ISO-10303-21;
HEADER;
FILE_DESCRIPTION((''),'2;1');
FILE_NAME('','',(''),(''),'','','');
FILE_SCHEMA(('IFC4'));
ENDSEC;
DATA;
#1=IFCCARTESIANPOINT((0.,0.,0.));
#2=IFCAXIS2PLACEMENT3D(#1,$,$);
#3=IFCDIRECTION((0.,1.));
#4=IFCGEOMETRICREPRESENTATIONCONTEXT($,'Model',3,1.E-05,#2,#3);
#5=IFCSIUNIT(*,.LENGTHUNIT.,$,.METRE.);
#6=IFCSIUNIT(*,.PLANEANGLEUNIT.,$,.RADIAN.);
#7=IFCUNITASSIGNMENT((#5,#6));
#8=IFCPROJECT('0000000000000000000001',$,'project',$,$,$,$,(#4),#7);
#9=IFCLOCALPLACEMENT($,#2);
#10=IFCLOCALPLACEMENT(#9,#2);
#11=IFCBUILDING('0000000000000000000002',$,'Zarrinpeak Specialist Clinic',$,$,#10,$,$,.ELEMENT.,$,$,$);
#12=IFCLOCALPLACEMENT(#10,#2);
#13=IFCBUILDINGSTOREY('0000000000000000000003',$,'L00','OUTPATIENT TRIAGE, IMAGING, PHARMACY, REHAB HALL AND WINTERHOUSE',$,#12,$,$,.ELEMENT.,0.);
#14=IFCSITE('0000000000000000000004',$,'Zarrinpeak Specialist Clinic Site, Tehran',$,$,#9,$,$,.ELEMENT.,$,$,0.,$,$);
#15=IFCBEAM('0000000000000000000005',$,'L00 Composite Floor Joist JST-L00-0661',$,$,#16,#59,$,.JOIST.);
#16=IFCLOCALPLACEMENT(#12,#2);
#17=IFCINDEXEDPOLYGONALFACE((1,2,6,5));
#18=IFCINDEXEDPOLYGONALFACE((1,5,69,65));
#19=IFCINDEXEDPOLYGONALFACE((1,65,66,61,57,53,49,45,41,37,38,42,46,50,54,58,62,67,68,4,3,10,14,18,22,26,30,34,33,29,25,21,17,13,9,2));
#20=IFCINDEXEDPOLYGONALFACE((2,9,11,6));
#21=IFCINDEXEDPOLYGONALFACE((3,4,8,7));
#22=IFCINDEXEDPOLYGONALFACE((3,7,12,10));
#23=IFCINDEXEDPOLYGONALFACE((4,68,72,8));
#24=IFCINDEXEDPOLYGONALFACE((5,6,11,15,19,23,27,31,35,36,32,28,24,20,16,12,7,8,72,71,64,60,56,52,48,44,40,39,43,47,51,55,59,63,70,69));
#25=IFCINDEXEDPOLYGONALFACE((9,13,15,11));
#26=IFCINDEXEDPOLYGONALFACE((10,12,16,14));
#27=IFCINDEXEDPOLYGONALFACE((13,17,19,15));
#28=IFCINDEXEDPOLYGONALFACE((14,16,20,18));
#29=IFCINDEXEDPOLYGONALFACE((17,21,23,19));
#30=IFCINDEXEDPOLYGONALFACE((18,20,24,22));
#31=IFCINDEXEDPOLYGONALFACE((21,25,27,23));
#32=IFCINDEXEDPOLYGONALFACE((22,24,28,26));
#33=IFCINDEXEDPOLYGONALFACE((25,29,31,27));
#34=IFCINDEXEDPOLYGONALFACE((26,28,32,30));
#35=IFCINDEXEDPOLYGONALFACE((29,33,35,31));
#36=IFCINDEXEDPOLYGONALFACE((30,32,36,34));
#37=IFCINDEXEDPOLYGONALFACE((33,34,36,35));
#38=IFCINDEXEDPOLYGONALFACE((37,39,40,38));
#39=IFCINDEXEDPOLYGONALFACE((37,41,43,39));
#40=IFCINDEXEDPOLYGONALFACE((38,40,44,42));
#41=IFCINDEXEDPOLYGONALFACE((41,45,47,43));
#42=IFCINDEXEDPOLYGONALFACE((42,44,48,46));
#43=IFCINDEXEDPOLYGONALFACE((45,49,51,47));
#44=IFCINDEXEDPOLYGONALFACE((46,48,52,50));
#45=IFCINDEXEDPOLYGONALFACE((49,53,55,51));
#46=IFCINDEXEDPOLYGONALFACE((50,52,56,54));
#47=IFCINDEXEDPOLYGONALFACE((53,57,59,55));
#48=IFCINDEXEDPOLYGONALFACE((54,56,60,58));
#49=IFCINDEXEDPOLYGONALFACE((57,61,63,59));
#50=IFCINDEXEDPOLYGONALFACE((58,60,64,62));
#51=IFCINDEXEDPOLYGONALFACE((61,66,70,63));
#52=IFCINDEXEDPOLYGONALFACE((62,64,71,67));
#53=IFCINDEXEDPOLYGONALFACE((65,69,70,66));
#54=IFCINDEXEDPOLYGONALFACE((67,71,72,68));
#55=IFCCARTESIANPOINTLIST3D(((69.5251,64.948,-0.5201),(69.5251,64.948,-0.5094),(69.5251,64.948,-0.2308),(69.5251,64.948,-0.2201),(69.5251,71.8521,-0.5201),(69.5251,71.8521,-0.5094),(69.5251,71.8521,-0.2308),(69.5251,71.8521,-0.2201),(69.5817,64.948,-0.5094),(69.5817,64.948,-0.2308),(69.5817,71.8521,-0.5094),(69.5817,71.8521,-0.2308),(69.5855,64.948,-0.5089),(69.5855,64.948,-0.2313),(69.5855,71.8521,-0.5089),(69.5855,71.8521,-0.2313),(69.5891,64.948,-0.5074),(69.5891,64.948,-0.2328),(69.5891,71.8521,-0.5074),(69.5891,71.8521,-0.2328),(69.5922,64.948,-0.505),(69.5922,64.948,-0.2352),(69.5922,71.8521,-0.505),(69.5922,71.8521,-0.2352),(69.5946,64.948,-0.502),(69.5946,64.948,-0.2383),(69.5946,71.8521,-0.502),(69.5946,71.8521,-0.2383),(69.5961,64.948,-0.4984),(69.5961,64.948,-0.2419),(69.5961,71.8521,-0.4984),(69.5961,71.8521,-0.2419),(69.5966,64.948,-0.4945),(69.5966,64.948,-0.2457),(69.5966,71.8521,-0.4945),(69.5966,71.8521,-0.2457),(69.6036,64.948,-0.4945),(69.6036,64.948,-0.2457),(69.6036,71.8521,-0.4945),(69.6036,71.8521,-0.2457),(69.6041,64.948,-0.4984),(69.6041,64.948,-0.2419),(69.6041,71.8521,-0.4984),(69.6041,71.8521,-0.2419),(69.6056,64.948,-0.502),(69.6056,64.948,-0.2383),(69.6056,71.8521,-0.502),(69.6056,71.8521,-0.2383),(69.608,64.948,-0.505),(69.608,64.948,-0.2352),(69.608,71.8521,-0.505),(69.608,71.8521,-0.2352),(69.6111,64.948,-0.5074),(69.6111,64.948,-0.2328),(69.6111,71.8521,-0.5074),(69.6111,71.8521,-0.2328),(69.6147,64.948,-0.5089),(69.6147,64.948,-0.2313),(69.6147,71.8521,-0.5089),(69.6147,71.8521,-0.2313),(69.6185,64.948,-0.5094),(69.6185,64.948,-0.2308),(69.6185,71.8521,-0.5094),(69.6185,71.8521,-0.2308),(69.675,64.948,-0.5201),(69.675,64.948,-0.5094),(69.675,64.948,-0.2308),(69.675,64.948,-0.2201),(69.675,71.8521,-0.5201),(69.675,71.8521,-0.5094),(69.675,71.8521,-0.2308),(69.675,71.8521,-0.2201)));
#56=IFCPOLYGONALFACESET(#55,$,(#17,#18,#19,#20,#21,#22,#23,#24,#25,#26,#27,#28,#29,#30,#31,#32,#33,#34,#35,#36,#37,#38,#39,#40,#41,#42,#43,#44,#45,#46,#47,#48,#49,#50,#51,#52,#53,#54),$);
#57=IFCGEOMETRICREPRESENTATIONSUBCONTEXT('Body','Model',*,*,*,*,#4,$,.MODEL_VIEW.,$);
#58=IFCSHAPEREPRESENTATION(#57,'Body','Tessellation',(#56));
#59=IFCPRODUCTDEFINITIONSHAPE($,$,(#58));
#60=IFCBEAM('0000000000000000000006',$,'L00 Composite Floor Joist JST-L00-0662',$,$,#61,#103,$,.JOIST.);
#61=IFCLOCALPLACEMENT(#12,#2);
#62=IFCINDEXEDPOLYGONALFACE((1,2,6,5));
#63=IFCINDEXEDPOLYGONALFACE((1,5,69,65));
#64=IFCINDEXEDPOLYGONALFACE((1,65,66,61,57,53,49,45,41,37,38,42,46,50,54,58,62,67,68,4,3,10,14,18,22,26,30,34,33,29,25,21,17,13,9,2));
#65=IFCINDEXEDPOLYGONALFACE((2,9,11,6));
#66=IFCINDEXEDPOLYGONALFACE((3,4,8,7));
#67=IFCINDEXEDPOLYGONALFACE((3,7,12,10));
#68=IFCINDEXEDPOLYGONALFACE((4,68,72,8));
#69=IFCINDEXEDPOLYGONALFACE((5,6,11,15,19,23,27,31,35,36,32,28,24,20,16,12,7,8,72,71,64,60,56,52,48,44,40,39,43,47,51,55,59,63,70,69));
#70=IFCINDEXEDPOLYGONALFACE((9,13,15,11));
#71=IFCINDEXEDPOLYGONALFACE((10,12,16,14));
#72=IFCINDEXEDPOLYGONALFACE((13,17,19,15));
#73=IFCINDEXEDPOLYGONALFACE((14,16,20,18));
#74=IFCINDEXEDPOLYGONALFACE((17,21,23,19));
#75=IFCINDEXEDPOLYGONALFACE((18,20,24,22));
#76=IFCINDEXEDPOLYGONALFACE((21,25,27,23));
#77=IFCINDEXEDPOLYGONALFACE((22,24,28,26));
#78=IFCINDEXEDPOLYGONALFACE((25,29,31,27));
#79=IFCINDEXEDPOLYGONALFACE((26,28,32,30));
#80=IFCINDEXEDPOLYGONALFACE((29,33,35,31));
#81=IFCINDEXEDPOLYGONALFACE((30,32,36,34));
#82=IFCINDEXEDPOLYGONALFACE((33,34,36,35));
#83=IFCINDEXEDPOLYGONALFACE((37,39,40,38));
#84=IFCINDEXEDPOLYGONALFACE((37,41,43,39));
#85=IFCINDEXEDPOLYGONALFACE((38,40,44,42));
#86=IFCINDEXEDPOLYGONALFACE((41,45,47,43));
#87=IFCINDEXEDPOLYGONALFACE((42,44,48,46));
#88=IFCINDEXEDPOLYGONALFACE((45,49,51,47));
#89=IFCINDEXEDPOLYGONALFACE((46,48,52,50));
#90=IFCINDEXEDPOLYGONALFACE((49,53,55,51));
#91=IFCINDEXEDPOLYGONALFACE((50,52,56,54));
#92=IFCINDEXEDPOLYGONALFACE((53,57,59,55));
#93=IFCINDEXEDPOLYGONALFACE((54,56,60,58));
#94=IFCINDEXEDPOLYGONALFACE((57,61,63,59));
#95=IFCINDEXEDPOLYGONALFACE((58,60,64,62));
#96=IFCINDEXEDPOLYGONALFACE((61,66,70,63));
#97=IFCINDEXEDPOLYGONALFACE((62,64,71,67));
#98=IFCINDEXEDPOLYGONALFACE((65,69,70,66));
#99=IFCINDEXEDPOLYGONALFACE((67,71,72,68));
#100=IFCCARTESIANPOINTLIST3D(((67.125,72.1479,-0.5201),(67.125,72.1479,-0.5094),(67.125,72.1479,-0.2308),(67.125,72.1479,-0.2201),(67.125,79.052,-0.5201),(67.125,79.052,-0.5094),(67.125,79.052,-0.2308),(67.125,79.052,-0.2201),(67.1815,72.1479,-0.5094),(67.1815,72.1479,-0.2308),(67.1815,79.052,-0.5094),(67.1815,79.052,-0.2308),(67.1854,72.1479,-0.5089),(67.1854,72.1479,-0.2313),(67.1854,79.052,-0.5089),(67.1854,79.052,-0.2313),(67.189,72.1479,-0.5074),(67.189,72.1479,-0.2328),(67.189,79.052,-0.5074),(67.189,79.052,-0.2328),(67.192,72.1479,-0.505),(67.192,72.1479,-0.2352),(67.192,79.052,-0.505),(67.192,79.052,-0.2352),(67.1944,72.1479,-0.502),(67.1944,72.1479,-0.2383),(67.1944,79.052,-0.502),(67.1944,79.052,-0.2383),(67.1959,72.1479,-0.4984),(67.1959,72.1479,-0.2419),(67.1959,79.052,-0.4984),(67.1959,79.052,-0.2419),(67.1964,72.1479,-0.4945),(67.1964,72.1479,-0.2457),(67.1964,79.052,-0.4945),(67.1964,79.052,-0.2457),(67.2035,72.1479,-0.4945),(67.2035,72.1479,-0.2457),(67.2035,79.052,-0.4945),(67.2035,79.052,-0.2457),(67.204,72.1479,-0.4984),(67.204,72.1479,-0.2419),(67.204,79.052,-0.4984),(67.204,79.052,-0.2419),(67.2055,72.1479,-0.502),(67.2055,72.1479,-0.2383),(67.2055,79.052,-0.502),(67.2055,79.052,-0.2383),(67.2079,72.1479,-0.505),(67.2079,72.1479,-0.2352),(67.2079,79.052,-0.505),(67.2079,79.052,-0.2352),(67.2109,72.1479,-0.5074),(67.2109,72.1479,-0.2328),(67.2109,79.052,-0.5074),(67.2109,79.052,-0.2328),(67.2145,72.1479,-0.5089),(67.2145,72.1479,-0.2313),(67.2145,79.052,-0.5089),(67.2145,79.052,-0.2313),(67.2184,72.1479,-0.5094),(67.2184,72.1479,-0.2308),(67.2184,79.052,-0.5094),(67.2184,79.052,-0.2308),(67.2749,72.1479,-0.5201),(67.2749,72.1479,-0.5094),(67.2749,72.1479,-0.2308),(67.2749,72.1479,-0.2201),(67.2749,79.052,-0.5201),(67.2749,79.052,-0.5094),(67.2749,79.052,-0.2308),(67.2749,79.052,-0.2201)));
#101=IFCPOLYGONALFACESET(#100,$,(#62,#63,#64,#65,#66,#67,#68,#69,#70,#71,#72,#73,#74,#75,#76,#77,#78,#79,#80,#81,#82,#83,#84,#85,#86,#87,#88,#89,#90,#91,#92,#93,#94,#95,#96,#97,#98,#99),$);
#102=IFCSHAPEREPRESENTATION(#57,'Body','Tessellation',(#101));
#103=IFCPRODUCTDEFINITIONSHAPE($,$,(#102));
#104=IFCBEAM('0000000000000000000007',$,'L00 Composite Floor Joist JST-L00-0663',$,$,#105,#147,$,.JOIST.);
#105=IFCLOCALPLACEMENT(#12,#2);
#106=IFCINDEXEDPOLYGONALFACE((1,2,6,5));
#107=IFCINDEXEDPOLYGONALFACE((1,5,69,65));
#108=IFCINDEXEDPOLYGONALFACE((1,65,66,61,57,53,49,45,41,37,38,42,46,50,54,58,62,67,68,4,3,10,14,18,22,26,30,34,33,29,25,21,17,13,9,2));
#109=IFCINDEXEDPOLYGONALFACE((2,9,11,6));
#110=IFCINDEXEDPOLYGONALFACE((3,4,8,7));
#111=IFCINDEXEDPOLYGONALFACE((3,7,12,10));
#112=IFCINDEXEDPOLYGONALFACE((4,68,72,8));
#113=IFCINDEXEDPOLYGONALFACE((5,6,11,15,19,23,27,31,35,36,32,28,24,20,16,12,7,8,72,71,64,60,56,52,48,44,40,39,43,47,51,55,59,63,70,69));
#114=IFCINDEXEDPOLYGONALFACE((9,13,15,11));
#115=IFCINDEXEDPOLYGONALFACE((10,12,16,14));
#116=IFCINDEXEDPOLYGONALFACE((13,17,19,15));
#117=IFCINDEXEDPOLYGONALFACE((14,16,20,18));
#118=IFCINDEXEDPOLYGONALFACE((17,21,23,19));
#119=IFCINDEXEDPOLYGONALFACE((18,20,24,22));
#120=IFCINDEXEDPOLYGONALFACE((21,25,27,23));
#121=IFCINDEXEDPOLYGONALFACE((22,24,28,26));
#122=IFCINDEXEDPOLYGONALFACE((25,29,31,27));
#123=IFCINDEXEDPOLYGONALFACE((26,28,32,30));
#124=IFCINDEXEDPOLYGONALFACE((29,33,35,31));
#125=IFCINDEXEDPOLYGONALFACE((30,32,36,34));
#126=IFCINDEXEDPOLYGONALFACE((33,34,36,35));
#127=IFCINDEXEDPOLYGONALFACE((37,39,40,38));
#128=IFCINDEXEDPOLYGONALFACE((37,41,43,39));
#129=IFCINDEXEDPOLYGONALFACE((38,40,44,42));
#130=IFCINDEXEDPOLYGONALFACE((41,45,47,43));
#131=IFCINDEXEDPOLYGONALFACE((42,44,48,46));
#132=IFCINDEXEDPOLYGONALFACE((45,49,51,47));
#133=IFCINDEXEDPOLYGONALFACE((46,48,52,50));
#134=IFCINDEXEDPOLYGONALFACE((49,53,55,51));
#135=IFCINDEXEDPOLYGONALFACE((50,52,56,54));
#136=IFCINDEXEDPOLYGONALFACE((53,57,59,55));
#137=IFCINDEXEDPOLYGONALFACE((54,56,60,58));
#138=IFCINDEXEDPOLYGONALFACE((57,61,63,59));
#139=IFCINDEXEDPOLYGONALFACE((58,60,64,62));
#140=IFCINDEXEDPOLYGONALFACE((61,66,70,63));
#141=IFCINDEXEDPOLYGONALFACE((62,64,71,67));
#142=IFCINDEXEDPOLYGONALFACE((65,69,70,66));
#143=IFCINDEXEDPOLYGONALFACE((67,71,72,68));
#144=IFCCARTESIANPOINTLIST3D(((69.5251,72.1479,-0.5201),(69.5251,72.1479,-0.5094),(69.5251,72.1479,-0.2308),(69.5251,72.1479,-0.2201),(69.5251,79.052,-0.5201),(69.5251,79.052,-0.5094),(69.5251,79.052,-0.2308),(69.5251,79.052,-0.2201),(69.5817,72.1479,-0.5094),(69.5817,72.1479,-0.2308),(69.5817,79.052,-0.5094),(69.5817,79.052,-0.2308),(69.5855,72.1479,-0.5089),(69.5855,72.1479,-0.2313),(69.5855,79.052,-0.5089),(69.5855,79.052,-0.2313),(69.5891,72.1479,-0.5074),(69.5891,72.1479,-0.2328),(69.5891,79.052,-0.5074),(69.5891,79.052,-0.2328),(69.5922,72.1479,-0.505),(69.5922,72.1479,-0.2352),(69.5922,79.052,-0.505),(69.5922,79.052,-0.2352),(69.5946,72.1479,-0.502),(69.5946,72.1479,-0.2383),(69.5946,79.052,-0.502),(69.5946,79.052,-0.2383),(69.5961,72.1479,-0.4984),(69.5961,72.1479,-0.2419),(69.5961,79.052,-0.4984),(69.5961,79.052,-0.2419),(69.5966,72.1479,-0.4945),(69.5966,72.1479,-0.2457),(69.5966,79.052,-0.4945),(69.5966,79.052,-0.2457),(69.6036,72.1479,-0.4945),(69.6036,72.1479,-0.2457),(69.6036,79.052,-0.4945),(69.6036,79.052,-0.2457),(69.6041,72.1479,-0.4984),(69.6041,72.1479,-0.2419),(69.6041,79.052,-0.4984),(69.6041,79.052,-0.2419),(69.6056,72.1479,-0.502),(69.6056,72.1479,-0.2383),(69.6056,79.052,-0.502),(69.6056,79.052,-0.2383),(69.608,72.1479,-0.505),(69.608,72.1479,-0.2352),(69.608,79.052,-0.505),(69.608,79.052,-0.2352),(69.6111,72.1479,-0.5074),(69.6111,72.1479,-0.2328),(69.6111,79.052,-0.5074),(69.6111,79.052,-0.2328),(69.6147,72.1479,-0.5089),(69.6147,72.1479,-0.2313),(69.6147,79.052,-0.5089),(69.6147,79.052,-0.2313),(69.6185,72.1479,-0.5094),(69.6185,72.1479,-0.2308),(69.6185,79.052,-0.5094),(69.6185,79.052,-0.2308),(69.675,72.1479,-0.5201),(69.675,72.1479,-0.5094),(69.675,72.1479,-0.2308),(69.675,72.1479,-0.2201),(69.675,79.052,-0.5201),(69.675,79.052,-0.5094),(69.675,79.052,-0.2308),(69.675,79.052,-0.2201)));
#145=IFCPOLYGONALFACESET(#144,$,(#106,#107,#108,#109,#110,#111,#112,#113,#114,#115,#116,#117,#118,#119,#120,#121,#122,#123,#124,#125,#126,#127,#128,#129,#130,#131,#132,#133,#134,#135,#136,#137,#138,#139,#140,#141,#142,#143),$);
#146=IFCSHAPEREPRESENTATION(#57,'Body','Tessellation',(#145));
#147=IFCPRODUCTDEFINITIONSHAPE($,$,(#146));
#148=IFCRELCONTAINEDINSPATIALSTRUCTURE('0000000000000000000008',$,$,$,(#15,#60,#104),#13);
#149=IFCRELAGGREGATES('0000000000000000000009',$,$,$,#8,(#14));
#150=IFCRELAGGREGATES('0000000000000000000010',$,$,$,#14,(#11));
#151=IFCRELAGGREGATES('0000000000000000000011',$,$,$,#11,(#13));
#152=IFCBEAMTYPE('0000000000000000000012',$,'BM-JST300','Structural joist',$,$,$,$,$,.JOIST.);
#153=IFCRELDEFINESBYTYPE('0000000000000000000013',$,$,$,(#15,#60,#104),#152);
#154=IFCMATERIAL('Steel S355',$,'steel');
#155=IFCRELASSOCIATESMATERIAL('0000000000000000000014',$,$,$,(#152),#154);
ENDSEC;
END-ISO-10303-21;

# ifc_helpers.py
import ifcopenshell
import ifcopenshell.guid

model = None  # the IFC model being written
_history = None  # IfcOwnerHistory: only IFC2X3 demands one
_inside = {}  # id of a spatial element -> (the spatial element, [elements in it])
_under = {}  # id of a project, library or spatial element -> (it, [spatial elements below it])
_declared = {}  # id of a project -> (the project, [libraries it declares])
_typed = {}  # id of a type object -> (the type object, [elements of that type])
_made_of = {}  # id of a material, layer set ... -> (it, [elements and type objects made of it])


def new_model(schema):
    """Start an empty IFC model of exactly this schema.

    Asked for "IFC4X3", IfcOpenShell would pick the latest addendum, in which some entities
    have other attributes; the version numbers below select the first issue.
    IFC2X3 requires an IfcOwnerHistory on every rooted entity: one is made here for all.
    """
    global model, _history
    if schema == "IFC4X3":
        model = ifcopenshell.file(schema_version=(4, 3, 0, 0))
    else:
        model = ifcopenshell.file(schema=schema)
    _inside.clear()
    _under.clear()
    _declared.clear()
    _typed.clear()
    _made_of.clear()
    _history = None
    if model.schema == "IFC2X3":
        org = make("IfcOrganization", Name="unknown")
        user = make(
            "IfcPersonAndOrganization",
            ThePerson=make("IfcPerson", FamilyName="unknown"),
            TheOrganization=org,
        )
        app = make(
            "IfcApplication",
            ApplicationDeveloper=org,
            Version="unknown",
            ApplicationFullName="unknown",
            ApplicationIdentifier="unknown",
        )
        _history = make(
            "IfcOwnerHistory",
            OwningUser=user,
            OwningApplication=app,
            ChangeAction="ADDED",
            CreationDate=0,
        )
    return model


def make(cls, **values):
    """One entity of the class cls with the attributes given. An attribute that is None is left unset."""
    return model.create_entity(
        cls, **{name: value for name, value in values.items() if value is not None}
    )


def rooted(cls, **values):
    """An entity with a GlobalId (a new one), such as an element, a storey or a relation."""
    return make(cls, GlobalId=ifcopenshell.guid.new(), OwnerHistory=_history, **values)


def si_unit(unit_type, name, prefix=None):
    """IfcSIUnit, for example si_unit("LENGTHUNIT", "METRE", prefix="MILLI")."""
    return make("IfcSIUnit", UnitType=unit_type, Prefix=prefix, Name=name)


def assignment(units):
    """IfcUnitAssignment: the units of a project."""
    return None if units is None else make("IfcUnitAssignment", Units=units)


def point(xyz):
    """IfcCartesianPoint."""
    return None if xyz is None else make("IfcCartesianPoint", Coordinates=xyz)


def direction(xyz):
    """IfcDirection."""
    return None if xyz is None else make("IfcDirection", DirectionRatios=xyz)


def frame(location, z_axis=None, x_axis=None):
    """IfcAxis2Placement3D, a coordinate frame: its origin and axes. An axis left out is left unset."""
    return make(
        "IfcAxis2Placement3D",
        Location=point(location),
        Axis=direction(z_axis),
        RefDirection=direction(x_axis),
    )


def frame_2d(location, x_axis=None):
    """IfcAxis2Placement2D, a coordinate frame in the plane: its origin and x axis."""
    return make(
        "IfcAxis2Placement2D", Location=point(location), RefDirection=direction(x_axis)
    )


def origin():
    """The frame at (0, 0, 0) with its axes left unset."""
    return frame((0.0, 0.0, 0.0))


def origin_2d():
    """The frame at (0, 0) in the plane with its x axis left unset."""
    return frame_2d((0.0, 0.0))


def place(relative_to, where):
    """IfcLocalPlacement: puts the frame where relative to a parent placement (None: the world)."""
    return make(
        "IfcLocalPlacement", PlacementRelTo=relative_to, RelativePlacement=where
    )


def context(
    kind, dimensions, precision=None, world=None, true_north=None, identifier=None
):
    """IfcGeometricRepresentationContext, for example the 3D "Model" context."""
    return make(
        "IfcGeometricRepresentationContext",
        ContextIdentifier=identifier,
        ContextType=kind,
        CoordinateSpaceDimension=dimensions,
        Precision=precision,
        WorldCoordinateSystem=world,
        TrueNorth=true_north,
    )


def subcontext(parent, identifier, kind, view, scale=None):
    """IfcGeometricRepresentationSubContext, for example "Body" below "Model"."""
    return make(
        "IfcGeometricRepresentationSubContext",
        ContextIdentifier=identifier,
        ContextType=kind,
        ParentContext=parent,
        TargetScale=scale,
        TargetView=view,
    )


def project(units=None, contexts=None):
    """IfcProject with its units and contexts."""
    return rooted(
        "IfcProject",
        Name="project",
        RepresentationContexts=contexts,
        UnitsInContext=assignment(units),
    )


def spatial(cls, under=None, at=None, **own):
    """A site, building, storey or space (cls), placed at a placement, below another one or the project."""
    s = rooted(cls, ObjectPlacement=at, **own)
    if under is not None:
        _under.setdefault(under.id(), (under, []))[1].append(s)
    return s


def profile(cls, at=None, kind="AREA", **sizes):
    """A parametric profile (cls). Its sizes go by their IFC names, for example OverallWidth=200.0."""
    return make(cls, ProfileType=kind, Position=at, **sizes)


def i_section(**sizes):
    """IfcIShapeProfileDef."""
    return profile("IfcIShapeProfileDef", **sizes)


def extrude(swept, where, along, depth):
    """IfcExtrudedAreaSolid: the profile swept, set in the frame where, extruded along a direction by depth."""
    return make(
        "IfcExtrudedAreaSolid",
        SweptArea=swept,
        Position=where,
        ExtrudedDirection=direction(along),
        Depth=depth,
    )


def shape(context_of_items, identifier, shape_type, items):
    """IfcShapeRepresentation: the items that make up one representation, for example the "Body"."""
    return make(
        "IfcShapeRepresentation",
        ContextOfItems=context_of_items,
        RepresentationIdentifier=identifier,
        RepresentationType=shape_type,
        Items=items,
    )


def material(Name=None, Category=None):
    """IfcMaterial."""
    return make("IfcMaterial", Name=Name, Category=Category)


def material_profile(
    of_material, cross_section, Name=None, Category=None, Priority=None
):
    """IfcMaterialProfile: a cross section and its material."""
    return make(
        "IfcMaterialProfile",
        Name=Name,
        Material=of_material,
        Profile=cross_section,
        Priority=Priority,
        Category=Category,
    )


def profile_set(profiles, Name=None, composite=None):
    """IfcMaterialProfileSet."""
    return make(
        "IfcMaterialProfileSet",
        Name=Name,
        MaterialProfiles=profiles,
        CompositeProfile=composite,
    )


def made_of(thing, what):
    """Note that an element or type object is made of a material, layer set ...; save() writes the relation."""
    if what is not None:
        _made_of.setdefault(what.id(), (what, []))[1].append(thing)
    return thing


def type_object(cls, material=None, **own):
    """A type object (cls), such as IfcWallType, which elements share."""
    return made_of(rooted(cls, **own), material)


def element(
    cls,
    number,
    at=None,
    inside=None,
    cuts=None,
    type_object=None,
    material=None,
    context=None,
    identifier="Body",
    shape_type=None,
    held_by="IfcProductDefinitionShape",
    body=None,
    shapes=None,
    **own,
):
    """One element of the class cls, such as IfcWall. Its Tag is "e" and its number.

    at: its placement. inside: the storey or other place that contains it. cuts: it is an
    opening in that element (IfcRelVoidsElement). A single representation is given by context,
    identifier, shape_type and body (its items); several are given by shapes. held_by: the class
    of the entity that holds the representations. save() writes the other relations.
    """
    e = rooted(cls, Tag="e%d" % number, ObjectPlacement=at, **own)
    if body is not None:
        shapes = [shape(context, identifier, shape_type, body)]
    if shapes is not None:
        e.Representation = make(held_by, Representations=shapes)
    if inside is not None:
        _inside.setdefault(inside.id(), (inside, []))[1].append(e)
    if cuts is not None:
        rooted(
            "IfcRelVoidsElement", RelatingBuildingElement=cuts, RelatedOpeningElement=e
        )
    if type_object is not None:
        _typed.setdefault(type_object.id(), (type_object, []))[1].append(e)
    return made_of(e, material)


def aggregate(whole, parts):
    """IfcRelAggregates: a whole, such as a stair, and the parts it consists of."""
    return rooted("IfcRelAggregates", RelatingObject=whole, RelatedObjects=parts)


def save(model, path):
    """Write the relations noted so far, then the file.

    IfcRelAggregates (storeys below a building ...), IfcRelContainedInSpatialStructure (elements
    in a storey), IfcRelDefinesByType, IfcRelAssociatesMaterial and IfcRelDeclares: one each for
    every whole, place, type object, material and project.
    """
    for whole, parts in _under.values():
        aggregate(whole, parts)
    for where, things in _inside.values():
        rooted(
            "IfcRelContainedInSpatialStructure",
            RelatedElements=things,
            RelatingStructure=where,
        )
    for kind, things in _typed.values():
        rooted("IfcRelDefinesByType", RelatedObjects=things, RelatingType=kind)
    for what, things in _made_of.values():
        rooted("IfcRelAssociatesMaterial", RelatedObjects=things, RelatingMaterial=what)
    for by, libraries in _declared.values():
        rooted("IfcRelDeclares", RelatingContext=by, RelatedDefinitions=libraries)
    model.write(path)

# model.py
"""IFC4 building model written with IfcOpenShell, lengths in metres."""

from ifc_helpers import new_model, si_unit, direction, frame, origin, origin_2d, place, context, subcontext, project, spatial, i_section, extrude, material, material_profile, profile_set, type_object, element, save


model = new_model("IFC4")

# Units and contexts
model_context = context("Model", 3, precision=1e-05, world=origin(), true_north=direction((0.0, 1.0)))
body_context = subcontext(model_context, "Body", "Model", "MODEL_VIEW")
ifc_project = project(units=[si_unit("LENGTHUNIT", "METRE"), si_unit("PLANEANGLEUNIT", "RADIAN")], contexts=[model_context])

# Site, building, storey
site_placement = place(None, origin())
site = spatial("IfcSite", under=ifc_project, at=site_placement, Name="Zarrinpeak Specialist Clinic Site, Tehran", CompositionType="ELEMENT", RefElevation=0.0)
building_placement = place(site_placement, origin())
building = spatial("IfcBuilding", under=site, at=building_placement, Name="Zarrinpeak Specialist Clinic", CompositionType="ELEMENT")
storey_placement = place(building_placement, origin())
storey = spatial("IfcBuildingStorey", under=building, at=storey_placement, Name="L00", Description="OUTPATIENT TRIAGE, IMAGING, PHARMACY, REHAB HALL AND WINTERHOUSE", CompositionType="ELEMENT", Elevation=0.0)

# Beams
ifc_material = material(Name="Steel S355", Category="steel")
ifc_material_profile_1 = material_profile(ifc_material, i_section(OverallWidth=0.1499, OverallDepth=0.3, WebThickness=0.0071, FlangeThickness=0.0107, FilletRadius=0.0149, at=origin_2d()), Name="IPE 300")
ifc_profile_set_1 = profile_set([ifc_material_profile_1], Name="Steel S355")
beam_type_1 = type_object("IfcBeamType", Name="BM-JST300", Description="Structural joist", PredefinedType="JOIST", material=ifc_profile_set_1)
for number, where, z_axis, x_axis, name in (
    (1, (69.6001, 64.948, -0.3701), (0.0, 1.0, 0.0), (-1.0, 0.0, 0.0), "L00 Composite Floor Joist JST-L00-0661"),
    (2, (67.2, 72.1479, -0.3701), (0.0, 1.0, 0.0), (-1.0, 0.0, 0.0), "L00 Composite Floor Joist JST-L00-0662"),
    (3, (69.6001, 72.1479, -0.3701), (0.0, 1.0, 0.0), (-1.0, 0.0, 0.0), "L00 Composite Floor Joist JST-L00-0663"),
):
    element("IfcBeam", number, at=place(storey_placement, frame(where, z_axis=z_axis, x_axis=x_axis)), inside=storey, type_object=beam_type_1, Name=name, PredefinedType="JOIST", context=body_context, shape_type="SweptSolid", body=[
        extrude(i_section(OverallWidth=0.1499, OverallDepth=0.3, WebThickness=0.0071, FlangeThickness=0.0107, FilletRadius=0.0149, at=origin_2d()), origin(), (0.0, 0.0, 1.0), 6.9041),
    ])

save(model, "model.ifc")
